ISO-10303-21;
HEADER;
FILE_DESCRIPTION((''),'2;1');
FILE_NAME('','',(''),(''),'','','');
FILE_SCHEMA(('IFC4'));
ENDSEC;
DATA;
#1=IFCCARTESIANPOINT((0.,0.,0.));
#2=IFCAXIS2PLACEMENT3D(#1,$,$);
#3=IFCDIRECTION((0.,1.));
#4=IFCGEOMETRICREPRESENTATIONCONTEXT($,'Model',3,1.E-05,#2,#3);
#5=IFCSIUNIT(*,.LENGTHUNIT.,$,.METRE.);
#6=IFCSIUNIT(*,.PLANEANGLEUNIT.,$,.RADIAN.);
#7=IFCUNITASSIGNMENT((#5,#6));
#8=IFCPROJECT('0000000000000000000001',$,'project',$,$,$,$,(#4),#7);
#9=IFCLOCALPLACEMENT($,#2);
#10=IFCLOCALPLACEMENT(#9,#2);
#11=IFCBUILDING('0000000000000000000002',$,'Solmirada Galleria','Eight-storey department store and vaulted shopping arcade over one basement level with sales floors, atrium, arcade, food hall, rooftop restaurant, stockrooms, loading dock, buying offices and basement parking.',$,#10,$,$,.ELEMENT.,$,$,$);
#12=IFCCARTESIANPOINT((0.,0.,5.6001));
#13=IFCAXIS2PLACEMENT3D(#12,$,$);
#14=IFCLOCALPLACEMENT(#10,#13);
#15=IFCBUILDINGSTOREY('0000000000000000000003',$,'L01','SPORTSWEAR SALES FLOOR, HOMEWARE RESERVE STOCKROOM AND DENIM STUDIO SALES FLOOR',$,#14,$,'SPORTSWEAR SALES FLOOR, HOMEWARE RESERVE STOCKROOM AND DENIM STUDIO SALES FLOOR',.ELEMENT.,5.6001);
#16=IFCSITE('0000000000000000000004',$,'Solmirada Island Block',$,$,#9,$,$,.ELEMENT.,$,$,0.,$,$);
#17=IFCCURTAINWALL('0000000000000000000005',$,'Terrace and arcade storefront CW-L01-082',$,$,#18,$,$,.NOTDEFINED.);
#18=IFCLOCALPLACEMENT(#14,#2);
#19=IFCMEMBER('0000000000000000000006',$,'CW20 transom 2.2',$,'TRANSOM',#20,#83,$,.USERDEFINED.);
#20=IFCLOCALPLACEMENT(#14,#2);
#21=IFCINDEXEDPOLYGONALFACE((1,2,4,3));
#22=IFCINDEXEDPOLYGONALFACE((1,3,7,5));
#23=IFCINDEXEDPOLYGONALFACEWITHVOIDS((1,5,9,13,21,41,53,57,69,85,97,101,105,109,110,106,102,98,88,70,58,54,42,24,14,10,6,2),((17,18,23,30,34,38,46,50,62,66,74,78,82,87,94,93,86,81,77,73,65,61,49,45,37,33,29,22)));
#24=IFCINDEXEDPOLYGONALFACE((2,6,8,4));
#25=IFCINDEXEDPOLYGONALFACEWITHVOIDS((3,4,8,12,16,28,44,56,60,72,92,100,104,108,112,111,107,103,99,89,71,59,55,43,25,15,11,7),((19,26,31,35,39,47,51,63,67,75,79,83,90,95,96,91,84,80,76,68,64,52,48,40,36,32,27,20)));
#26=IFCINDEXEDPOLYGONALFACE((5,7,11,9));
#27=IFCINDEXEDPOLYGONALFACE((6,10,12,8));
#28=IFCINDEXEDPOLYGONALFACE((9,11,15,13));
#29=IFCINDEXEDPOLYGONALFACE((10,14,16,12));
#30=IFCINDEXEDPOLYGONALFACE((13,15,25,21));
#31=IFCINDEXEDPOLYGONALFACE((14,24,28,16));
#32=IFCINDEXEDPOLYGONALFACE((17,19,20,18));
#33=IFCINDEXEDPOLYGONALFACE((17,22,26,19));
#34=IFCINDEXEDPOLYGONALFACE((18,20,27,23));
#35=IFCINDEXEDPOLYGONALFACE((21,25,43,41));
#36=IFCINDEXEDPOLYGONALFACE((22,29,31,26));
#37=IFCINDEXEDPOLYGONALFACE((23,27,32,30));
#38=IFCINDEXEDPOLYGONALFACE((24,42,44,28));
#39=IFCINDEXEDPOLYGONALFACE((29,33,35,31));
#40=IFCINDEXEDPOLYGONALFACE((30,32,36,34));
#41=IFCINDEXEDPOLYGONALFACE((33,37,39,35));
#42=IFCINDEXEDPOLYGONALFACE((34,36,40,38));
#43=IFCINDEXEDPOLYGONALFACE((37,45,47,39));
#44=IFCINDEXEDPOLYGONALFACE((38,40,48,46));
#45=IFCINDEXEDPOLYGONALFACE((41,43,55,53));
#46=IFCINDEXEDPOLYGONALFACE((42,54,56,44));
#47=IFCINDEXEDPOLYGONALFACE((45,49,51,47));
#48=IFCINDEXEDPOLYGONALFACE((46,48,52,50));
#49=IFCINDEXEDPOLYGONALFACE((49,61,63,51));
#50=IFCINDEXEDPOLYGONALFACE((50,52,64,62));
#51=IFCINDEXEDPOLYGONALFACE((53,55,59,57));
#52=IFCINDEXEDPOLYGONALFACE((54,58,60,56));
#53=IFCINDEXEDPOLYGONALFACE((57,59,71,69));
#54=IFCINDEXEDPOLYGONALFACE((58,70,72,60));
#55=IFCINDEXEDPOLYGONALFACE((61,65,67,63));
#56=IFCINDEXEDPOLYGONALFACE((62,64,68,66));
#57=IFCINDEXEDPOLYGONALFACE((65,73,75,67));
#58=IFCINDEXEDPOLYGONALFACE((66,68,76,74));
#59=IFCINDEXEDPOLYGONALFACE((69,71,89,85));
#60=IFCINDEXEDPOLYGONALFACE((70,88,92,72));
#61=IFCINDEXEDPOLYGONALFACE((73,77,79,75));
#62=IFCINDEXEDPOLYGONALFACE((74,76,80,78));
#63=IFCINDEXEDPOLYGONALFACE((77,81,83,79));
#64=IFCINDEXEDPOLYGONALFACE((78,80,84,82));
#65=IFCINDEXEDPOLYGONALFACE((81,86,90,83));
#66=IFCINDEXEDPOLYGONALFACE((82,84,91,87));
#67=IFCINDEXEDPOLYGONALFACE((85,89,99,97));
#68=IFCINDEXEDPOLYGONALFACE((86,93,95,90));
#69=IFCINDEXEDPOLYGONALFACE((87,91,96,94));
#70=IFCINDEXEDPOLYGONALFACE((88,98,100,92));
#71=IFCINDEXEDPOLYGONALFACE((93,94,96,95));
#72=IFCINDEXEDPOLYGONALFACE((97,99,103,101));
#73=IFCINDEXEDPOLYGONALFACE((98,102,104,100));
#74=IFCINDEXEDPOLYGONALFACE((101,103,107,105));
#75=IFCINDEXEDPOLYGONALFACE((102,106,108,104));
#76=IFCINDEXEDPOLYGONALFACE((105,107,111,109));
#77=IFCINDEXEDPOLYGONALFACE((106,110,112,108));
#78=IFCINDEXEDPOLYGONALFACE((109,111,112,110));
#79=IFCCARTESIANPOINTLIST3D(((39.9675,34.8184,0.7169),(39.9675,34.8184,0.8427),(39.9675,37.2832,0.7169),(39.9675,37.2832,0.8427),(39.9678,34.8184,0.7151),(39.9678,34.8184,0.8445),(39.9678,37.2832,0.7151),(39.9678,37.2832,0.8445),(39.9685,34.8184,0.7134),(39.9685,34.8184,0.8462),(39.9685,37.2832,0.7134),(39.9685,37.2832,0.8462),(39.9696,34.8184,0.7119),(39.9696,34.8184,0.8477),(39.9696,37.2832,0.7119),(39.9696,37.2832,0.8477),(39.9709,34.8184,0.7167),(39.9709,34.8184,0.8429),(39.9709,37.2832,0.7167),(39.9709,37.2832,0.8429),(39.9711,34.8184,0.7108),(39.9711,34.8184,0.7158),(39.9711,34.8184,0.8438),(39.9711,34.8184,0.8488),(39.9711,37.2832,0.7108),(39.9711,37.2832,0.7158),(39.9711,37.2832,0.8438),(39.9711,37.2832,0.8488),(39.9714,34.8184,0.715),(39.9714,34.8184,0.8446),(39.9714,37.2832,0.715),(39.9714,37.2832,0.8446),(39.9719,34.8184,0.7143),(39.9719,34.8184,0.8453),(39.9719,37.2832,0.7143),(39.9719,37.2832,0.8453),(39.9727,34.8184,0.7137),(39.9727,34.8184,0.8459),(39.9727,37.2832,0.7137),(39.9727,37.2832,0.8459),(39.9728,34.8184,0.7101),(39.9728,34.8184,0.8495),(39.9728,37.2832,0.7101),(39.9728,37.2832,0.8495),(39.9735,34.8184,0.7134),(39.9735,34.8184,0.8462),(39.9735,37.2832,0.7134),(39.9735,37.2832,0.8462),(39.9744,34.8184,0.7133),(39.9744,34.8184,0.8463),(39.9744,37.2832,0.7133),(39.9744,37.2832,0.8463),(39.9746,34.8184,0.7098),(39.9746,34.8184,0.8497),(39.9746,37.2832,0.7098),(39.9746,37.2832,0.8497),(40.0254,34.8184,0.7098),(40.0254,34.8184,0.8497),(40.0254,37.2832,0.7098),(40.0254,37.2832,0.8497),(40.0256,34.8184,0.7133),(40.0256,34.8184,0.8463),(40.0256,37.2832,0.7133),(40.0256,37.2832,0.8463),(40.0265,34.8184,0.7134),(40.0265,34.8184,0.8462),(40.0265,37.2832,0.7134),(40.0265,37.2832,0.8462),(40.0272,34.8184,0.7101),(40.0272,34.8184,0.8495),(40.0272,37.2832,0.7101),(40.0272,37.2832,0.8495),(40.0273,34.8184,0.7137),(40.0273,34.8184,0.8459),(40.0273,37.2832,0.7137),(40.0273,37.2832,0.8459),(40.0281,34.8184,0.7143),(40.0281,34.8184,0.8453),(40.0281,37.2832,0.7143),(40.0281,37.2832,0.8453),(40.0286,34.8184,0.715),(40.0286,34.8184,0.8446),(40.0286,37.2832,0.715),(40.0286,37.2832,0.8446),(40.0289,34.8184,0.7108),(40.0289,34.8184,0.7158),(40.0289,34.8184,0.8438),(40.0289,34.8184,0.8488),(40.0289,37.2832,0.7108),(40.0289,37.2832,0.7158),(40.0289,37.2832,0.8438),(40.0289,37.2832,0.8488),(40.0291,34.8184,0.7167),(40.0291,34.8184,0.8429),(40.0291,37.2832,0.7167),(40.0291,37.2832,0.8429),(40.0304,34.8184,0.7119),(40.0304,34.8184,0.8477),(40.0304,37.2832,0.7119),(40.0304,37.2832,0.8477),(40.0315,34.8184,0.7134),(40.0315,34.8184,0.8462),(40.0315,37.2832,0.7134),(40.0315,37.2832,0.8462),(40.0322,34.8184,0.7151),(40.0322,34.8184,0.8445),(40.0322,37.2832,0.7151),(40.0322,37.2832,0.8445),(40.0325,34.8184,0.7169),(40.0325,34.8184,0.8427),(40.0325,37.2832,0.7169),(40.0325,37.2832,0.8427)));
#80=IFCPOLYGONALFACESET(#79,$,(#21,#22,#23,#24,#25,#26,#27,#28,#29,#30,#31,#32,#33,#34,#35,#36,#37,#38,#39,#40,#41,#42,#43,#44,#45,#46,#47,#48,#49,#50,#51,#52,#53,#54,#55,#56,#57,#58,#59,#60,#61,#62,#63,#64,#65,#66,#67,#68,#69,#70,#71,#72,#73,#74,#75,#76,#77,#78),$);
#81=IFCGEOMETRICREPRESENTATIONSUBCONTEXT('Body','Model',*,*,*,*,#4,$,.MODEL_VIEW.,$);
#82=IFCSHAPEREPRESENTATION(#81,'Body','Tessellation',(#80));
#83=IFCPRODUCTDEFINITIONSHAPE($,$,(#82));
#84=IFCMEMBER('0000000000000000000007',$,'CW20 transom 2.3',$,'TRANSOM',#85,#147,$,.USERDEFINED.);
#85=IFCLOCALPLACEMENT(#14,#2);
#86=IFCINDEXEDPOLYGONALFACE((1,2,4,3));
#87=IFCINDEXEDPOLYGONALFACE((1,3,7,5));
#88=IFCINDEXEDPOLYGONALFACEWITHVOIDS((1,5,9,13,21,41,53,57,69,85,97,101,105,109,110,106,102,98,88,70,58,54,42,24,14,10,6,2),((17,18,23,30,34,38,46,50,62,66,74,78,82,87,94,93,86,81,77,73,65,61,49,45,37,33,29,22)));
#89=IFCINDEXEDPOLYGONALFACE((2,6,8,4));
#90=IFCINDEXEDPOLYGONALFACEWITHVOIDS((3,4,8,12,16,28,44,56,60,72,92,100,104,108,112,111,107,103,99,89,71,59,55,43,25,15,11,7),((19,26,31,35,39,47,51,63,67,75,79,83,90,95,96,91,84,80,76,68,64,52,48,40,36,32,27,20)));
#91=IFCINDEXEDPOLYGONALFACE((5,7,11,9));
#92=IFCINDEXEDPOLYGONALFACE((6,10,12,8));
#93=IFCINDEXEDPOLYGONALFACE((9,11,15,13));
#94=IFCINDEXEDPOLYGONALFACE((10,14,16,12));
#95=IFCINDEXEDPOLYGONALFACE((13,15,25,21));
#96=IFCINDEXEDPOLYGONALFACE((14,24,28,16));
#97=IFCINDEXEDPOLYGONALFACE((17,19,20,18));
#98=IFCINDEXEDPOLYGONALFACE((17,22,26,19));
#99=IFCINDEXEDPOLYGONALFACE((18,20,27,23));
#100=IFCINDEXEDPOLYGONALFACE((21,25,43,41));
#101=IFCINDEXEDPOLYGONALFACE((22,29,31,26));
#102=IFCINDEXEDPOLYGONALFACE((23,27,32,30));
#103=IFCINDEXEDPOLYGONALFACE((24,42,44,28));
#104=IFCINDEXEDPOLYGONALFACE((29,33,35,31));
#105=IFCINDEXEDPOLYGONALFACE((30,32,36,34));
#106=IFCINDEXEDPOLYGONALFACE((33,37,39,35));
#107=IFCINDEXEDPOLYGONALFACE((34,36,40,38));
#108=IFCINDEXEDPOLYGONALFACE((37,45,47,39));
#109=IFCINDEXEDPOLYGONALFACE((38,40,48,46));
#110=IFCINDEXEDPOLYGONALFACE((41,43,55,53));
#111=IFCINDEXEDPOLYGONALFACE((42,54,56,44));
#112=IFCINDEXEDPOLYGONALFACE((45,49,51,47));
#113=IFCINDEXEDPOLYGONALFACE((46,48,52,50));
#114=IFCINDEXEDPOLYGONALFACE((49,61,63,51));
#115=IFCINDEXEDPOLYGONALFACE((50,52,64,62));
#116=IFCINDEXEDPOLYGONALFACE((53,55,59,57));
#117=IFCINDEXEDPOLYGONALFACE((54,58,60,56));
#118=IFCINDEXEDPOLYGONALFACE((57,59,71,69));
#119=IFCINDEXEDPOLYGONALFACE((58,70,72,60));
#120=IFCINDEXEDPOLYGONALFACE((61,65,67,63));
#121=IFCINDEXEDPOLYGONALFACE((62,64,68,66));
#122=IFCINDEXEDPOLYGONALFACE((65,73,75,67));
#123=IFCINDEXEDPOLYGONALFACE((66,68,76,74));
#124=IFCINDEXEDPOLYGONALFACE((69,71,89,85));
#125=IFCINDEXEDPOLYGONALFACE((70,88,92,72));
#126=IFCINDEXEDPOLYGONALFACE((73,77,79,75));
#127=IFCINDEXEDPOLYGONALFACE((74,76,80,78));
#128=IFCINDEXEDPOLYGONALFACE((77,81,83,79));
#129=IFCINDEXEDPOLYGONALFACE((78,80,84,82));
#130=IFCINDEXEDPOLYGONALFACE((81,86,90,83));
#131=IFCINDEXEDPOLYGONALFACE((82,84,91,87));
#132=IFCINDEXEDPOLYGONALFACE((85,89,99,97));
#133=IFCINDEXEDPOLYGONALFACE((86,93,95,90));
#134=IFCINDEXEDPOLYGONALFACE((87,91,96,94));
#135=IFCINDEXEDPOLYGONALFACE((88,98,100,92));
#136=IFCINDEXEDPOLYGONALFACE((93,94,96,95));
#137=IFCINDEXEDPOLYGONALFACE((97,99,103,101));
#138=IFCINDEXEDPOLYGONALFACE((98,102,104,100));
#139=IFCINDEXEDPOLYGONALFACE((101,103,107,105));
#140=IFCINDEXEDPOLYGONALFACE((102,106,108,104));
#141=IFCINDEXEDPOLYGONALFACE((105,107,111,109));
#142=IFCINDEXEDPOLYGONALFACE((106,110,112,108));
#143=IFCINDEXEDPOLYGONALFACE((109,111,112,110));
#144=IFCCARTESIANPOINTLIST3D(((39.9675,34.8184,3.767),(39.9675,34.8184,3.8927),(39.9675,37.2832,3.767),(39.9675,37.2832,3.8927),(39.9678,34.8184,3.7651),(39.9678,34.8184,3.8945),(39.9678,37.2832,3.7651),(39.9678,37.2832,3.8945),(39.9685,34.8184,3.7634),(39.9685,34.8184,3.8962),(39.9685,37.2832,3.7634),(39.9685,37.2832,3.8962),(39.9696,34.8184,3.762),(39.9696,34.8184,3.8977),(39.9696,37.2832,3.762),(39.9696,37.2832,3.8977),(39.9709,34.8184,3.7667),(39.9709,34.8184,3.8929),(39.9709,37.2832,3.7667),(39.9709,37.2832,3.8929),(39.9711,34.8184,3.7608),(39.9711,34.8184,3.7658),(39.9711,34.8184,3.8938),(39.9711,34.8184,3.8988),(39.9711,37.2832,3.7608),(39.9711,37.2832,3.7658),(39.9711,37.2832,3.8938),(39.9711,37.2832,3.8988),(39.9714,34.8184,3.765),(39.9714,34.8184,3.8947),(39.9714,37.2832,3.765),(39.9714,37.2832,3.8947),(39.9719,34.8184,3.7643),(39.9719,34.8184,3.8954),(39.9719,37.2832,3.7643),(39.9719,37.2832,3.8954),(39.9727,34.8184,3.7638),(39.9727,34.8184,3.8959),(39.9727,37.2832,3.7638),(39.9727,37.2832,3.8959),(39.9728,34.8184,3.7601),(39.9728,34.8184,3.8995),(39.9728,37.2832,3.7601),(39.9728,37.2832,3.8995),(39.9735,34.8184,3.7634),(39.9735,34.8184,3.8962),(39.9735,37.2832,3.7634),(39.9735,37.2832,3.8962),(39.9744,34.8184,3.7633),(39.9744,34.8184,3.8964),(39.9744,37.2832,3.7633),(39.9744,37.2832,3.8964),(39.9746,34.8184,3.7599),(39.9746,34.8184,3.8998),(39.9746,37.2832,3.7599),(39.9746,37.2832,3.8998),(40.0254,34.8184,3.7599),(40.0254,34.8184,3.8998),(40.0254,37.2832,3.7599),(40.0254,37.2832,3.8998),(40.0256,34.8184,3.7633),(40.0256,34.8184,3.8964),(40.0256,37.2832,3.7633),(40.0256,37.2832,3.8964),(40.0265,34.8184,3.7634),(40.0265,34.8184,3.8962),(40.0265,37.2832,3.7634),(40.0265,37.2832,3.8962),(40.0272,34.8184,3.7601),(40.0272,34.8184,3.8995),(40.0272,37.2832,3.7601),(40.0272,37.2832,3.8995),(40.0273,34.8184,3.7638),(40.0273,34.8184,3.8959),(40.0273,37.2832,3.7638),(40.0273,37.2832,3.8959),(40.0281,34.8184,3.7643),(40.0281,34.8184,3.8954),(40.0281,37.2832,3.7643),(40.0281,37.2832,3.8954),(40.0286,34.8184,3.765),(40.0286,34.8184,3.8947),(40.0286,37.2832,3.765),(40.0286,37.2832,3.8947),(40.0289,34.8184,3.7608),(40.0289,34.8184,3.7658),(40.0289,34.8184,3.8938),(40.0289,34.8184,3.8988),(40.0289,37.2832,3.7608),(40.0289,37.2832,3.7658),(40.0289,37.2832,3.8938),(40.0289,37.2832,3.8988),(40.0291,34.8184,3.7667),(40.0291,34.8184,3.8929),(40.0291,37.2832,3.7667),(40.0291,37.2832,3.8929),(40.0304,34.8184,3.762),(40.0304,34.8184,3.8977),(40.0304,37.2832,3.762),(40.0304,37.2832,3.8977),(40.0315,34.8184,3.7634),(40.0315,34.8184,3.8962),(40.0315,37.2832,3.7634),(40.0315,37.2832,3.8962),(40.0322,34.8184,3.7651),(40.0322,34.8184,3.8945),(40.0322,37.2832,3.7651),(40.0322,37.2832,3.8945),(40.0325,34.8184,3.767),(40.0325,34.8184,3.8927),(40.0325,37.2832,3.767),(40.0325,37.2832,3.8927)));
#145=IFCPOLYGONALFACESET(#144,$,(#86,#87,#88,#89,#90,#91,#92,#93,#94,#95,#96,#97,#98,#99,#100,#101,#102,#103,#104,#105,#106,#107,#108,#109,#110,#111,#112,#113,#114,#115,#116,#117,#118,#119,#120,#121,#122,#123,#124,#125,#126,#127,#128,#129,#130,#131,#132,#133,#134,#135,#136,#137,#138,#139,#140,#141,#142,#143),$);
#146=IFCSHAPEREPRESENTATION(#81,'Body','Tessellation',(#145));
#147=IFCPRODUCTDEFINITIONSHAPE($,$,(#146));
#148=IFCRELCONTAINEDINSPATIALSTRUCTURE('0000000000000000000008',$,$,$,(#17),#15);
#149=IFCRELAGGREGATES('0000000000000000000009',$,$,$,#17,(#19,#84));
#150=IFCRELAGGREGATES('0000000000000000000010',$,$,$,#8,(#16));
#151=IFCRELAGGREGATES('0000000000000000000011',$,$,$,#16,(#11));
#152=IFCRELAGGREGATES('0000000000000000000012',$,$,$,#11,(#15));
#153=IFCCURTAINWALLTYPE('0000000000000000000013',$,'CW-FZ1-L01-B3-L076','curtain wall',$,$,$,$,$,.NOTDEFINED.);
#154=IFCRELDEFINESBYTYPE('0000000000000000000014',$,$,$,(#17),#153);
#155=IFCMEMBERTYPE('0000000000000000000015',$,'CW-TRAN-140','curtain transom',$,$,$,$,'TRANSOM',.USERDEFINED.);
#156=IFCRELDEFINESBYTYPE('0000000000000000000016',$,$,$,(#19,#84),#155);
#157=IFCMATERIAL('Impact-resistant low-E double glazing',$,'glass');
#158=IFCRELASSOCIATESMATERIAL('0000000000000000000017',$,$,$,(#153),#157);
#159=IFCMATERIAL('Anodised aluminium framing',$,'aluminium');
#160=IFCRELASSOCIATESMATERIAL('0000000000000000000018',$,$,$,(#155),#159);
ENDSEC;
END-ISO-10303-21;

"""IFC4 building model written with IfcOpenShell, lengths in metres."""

from ifc_helpers import new_model, si_unit, direction, frame, origin, origin_2d, place, context, subcontext, project, spatial, hollow_rectangle, extrude, material, material_profile, profile_set, type_object, element, aggregate, save


model = new_model("IFC4")

# Units and contexts
model_context = context("Model", 3, precision=1e-05, world=origin(), true_north=direction((0.0, 1.0)))
body_context = subcontext(model_context, "Body", "Model", "MODEL_VIEW")
ifc_project = project(units=[si_unit("LENGTHUNIT", "METRE"), si_unit("PLANEANGLEUNIT", "RADIAN")], contexts=[model_context])

# Site, building, storey
site_placement = place(None, origin())
site = spatial("IfcSite", under=ifc_project, at=site_placement, Name="Solmirada Island Block", CompositionType="ELEMENT", RefElevation=0.0)
building_placement = place(site_placement, origin())
building = spatial("IfcBuilding", under=site, at=building_placement, Name="Solmirada Galleria", Description="Eight-storey department store and vaulted shopping arcade over one basement level with sales floors, atrium, arcade, food hall, rooftop restaurant, stockrooms, loading dock, buying offices and basement parking.", CompositionType="ELEMENT")
storey_placement = place(building_placement, frame((0.0, 0.0, 5.6001)))
storey = spatial("IfcBuildingStorey", under=building, at=storey_placement, Name="L01", Description="SPORTSWEAR SALES FLOOR, HOMEWARE RESERVE STOCKROOM AND DENIM STUDIO SALES FLOOR", LongName="SPORTSWEAR SALES FLOOR, HOMEWARE RESERVE STOCKROOM AND DENIM STUDIO SALES FLOOR", CompositionType="ELEMENT", Elevation=5.6001)

# Shared definitions
ifc_material_1 = material(Name="Impact-resistant low-E double glazing", Category="glass")
curtain_wall_type = type_object("IfcCurtainWallType", Name="CW-FZ1-L01-B3-L076", Description="curtain wall", PredefinedType="NOTDEFINED", material=ifc_material_1)
ifc_material_2 = material(Name="Anodised aluminium framing", Category="aluminium")

# Curtain wall, members
curtain_wall_1_placement = place(storey_placement, origin())
curtain_wall_1 = element("IfcCurtainWall", 1, at=curtain_wall_1_placement, inside=storey, type_object=curtain_wall_type, Name="Terrace and arcade storefront CW-L01-082", PredefinedType="NOTDEFINED")
ifc_material_profile_1 = material_profile(ifc_material_2, hollow_rectangle(XDim=0.0649, YDim=0.1399, WallThickness=0.0034, InnerFilletRadius=0.0034, OuterFilletRadius=0.0071, at=origin_2d()), Name="ALU-TRAN-140X65")
ifc_profile_set_1 = profile_set([ifc_material_profile_1], Name="Anodised aluminium framing")
member_type_1 = type_object("IfcMemberType", Name="CW-TRAN-140", Description="curtain transom", ElementType="TRANSOM", PredefinedType="USERDEFINED", material=ifc_profile_set_1)
member_1_placement = place(storey_placement, frame((40.0, 34.8184, 0.7798), z_axis=(0.0, 1.0, 0.0), x_axis=(-1.0, 0.0, 0.0)))
member_1 = element("IfcMember", 2, at=member_1_placement, type_object=member_type_1, Name="CW20 transom 2.2", ObjectType="TRANSOM", PredefinedType="USERDEFINED", context=body_context, shape_type="SweptSolid", body=[
    extrude(hollow_rectangle(XDim=0.0649, YDim=0.1399, WallThickness=0.0034, InnerFilletRadius=0.0034, OuterFilletRadius=0.0071, at=origin_2d()), origin(), (0.0, 0.0, 1.0), 2.4648),
])
member_2_placement = place(storey_placement, frame((40.0, 34.8184, 3.8298), z_axis=(0.0, 1.0, 0.0), x_axis=(-1.0, 0.0, 0.0)))
member_2 = element("IfcMember", 3, at=member_2_placement, type_object=member_type_1, Name="CW20 transom 2.3", ObjectType="TRANSOM", PredefinedType="USERDEFINED", context=body_context, shape_type="SweptSolid", body=[
    extrude(hollow_rectangle(XDim=0.0649, YDim=0.1399, WallThickness=0.0034, InnerFilletRadius=0.0034, OuterFilletRadius=0.0071, at=origin_2d()), origin(), (0.0, 0.0, 1.0), 2.4648),
])

aggregate(curtain_wall_1, [member_1, member_2])

save(model, "model.ifc")
